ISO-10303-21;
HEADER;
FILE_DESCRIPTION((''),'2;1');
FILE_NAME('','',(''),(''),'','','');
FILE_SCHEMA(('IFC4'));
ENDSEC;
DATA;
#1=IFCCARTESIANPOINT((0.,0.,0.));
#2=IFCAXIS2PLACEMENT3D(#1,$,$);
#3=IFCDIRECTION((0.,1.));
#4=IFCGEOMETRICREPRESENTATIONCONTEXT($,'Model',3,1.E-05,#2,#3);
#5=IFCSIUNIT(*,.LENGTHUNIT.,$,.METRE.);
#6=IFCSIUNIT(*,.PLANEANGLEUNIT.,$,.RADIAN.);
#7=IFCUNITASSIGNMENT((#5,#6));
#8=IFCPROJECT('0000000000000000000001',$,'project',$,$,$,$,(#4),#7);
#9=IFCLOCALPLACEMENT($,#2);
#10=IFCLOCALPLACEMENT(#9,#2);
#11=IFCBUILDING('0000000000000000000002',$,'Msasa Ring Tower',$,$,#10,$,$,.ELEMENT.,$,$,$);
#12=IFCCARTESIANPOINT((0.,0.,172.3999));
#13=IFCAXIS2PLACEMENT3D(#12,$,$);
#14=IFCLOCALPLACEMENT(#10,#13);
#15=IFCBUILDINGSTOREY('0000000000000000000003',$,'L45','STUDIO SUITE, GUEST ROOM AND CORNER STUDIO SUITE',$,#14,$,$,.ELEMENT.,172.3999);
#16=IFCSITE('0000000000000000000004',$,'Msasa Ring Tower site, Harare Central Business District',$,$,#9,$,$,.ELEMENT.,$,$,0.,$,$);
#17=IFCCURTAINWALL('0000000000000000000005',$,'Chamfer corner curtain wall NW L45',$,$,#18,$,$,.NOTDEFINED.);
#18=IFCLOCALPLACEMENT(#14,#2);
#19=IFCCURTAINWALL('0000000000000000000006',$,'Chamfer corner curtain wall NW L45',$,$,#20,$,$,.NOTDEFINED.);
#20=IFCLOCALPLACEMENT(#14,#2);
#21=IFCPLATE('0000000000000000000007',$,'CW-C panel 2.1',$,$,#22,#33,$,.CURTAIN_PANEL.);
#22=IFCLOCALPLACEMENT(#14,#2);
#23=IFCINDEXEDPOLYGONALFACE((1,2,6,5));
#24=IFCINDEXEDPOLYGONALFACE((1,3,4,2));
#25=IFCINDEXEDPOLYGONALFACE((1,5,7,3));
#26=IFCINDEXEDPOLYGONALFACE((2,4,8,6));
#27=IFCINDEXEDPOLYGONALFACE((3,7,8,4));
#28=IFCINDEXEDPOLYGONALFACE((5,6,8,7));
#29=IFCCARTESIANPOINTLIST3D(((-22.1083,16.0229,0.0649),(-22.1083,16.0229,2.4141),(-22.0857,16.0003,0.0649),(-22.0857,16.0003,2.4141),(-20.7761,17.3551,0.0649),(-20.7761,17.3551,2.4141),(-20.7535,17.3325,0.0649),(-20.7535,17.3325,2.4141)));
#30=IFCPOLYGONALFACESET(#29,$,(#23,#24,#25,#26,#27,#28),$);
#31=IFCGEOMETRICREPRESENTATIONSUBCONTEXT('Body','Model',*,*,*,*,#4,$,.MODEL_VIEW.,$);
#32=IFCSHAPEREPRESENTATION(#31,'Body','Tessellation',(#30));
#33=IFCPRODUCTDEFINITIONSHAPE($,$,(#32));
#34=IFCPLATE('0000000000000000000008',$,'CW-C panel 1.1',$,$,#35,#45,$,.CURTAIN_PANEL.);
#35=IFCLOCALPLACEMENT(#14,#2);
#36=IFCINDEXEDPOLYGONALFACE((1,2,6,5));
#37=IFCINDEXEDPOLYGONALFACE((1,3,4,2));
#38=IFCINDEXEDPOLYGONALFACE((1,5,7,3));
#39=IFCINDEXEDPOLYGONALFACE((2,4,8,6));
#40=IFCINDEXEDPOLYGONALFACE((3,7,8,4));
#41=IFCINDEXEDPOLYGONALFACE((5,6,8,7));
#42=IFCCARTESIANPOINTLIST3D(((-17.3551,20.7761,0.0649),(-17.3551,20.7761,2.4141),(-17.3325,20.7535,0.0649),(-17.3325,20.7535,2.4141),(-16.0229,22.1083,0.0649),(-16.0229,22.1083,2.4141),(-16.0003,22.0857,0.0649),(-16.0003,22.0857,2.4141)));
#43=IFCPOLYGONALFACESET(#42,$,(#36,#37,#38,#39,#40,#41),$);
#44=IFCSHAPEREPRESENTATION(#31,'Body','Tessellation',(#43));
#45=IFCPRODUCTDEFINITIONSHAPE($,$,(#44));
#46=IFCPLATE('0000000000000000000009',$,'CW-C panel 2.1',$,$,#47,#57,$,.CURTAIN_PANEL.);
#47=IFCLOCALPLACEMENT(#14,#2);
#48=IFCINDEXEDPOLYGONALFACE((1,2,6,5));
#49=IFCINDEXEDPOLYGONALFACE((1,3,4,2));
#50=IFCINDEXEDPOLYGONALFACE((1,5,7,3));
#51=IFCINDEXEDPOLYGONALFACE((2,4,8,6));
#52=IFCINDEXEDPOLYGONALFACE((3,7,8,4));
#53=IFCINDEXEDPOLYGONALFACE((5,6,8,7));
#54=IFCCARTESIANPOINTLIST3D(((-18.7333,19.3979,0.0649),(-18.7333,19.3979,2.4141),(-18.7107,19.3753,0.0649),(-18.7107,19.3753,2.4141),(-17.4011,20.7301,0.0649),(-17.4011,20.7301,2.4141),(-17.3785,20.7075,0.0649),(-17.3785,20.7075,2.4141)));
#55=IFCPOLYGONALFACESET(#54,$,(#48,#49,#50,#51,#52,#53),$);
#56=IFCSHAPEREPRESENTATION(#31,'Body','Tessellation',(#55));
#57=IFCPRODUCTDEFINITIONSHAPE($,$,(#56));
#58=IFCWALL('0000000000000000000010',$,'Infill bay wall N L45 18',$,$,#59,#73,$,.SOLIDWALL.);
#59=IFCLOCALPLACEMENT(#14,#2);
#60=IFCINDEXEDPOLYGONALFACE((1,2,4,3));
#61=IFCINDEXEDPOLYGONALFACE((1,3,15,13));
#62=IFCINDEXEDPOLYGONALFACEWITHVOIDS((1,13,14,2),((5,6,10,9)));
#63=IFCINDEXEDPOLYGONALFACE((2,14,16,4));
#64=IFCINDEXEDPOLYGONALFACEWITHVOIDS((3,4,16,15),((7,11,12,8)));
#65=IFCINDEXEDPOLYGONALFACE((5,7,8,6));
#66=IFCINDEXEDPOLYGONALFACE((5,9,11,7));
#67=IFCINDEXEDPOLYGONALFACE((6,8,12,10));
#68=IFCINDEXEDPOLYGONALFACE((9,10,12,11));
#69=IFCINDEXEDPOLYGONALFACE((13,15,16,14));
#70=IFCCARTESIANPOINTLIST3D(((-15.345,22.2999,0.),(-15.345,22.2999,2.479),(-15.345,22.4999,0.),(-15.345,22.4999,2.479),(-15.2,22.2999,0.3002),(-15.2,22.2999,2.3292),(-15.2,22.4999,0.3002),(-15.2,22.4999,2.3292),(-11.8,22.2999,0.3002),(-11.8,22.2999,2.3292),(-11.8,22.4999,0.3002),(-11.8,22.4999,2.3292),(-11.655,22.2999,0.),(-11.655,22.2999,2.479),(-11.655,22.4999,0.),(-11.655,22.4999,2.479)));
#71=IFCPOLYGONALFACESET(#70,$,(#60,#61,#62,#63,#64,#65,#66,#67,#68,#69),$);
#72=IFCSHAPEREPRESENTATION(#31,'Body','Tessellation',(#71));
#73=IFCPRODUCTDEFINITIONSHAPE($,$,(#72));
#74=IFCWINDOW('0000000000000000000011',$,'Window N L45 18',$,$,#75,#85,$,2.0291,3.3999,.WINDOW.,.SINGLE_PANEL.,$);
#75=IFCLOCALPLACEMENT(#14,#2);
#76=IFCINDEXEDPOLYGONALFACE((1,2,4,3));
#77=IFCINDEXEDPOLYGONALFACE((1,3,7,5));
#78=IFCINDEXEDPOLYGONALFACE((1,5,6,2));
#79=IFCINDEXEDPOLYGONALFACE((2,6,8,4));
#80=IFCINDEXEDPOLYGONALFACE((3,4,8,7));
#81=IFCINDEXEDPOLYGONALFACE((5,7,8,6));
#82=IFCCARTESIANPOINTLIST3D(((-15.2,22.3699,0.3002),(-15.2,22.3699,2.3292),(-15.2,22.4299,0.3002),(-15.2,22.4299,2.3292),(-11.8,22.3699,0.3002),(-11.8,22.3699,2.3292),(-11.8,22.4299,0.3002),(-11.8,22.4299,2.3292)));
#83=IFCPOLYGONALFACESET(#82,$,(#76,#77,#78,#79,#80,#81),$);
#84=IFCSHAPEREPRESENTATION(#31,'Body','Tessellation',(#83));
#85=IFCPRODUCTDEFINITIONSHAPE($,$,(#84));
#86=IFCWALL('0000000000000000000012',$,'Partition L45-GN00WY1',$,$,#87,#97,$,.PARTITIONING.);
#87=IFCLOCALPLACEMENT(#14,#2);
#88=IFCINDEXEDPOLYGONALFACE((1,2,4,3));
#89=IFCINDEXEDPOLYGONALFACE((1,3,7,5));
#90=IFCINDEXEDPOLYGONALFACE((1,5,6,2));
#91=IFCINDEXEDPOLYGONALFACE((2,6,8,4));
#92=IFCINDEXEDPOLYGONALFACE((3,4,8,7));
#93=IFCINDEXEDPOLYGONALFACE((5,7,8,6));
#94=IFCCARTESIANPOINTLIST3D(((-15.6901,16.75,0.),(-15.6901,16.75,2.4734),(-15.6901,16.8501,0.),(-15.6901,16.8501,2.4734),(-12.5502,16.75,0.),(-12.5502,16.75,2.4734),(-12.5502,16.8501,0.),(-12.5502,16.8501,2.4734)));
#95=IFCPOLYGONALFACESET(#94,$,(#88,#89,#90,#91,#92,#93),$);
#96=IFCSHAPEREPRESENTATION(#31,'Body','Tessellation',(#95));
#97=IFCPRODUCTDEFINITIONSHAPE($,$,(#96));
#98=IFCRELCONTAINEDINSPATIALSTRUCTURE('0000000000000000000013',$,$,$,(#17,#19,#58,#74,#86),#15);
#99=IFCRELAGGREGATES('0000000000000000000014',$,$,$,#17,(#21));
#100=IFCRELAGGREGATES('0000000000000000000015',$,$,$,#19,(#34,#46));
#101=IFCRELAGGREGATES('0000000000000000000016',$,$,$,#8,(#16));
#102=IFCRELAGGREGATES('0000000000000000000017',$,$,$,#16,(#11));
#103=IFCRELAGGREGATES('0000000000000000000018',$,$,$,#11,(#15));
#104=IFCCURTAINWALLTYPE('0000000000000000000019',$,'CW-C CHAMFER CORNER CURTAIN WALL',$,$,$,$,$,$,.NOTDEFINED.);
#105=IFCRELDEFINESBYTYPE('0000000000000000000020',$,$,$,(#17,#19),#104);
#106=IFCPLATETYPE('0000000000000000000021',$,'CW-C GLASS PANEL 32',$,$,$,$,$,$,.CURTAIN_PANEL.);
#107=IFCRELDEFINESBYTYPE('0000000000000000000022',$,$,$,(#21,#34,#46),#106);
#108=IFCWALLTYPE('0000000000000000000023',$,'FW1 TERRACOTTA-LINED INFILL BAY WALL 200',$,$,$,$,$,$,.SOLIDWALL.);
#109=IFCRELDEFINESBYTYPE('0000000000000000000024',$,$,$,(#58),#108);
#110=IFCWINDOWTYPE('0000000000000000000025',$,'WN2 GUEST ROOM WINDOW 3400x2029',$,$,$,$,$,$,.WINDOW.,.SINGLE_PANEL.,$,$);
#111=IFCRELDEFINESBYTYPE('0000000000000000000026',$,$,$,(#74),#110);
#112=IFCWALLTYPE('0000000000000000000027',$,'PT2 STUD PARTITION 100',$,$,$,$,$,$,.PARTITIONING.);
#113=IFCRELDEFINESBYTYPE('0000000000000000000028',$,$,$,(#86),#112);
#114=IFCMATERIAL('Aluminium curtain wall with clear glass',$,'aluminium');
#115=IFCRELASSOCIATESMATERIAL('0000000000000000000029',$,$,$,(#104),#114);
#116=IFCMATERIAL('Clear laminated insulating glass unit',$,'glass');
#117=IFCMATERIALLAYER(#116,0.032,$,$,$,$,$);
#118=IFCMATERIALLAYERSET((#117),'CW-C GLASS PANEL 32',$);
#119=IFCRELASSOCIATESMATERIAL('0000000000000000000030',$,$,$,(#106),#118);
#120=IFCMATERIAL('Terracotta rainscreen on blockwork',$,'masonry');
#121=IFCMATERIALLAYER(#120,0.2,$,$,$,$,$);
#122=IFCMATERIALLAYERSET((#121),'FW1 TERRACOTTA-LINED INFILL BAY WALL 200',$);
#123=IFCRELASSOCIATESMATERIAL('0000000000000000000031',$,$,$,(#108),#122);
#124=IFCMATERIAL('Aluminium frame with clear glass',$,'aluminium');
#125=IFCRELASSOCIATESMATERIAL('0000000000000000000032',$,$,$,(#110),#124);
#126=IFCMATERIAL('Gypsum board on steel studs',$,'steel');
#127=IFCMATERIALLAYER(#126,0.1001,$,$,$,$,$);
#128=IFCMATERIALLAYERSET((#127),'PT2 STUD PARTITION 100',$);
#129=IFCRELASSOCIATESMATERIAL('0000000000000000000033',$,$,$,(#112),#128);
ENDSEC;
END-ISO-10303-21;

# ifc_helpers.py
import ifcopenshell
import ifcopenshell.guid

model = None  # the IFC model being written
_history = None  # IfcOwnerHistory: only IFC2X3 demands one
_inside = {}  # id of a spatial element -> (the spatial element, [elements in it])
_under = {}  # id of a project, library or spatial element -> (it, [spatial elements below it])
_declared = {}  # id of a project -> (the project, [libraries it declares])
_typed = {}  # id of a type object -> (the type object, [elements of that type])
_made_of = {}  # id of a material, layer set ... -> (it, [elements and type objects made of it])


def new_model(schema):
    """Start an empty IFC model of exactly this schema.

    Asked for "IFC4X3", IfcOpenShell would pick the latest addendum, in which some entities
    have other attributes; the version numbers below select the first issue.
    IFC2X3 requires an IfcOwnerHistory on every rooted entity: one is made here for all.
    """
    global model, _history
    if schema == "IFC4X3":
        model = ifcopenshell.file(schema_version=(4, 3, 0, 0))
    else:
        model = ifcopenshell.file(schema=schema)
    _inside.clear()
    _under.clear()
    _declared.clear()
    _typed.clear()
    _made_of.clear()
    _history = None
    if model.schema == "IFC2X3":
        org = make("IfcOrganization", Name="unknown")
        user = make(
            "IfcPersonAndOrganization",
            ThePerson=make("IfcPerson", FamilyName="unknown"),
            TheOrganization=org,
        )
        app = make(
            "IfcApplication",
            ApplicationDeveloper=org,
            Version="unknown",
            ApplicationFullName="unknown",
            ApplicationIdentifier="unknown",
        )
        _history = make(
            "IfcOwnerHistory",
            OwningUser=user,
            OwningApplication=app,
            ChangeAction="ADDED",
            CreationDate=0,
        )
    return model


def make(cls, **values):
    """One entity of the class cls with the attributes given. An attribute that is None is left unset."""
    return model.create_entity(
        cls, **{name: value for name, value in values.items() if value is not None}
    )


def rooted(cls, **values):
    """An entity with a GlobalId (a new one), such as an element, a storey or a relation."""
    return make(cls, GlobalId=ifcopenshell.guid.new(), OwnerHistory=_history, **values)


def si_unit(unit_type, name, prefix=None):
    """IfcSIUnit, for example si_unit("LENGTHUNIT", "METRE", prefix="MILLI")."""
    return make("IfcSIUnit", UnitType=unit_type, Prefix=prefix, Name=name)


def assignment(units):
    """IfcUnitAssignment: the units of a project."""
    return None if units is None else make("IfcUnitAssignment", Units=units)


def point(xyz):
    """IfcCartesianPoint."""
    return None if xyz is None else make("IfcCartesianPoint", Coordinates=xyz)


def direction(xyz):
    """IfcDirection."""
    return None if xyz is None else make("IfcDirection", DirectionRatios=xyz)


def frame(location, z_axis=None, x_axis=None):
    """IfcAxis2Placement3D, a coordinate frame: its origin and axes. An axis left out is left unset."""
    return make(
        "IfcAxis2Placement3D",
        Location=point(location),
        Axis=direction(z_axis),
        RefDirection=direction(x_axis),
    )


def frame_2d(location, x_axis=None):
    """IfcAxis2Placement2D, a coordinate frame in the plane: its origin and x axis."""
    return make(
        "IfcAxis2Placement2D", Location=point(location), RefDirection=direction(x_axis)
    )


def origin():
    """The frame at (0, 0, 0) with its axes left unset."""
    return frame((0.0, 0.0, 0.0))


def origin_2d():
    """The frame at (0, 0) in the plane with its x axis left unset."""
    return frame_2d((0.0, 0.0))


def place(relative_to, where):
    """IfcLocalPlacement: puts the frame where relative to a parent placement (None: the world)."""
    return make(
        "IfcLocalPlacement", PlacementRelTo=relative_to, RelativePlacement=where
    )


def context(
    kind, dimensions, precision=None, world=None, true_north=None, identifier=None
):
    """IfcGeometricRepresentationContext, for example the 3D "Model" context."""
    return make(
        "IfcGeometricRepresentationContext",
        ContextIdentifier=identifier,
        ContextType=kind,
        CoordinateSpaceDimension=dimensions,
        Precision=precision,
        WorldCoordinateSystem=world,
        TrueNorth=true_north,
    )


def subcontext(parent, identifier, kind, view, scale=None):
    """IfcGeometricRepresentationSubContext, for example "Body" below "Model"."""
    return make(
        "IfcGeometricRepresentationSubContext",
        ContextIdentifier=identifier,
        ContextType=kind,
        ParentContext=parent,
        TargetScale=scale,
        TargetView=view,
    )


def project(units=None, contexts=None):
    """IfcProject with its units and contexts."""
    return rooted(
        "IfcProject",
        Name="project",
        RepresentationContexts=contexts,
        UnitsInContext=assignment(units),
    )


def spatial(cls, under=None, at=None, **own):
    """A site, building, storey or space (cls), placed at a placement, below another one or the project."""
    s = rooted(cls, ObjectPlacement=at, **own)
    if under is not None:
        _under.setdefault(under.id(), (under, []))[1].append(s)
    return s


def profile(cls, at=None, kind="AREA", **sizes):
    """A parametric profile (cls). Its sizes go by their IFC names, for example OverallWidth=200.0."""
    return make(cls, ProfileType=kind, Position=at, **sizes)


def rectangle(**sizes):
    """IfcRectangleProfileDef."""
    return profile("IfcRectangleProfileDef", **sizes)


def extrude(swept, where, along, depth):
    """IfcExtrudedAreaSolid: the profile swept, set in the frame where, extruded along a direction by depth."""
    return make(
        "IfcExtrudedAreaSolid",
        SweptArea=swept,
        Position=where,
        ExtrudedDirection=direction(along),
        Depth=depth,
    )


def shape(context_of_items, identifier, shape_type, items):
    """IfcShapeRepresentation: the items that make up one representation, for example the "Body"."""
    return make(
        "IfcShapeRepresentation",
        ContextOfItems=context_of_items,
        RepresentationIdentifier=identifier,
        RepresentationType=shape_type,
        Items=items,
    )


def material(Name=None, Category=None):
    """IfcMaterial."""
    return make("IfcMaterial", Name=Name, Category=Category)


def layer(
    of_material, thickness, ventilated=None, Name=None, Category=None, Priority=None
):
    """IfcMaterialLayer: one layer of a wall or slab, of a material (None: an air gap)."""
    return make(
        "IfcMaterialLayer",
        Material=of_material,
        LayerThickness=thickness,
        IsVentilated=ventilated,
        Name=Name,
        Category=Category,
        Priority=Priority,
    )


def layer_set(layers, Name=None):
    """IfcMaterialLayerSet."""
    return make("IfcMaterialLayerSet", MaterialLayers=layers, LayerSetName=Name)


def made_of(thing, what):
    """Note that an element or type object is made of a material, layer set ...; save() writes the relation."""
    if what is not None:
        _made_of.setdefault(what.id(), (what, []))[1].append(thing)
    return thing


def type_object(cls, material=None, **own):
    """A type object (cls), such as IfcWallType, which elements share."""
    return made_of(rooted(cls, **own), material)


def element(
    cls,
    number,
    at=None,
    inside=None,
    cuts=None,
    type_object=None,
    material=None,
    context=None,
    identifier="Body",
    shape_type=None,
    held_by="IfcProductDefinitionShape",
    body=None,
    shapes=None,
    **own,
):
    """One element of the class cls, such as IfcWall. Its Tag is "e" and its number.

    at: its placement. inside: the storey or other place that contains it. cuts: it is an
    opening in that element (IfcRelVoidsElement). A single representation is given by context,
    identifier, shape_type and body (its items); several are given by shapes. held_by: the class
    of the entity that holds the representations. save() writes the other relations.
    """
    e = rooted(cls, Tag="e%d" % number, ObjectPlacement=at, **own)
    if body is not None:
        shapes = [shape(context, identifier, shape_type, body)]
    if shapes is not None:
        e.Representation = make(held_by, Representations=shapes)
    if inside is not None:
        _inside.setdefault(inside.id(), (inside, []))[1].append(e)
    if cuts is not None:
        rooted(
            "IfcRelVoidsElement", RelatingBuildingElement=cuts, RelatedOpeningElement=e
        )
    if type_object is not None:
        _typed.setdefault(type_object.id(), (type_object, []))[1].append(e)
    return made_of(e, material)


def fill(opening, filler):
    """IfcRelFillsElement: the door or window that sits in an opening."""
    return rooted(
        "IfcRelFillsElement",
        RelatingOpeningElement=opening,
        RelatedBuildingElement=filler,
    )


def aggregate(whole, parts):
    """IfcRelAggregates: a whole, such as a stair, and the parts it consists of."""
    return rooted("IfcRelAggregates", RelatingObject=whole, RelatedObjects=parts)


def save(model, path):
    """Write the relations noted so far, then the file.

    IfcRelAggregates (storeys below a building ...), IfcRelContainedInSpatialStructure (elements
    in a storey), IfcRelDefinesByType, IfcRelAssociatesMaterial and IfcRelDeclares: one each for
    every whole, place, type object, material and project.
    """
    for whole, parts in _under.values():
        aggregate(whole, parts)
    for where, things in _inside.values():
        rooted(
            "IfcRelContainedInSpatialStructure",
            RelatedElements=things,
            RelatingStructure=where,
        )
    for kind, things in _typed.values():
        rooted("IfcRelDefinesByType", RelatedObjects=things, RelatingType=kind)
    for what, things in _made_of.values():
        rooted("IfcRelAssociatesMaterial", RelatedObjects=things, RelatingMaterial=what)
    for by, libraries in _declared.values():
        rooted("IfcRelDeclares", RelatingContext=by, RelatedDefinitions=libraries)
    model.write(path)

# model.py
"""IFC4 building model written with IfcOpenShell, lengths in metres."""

from ifc_helpers import new_model, si_unit, direction, frame, frame_2d, origin, origin_2d, place, context, subcontext, project, spatial, rectangle, extrude, material, layer, layer_set, type_object, element, fill, aggregate, save


model = new_model("IFC4")

# Units and contexts
model_context = context("Model", 3, precision=1e-05, world=origin(), true_north=direction((0.0, 1.0)))
body_context = subcontext(model_context, "Body", "Model", "MODEL_VIEW")
ifc_project = project(units=[si_unit("LENGTHUNIT", "METRE"), si_unit("PLANEANGLEUNIT", "RADIAN")], contexts=[model_context])

# Site, building, storey
site_placement = place(None, origin())
site = spatial("IfcSite", under=ifc_project, at=site_placement, Name="Msasa Ring Tower site, Harare Central Business District", CompositionType="ELEMENT", RefElevation=0.0)
building_placement = place(site_placement, origin())
building = spatial("IfcBuilding", under=site, at=building_placement, Name="Msasa Ring Tower", CompositionType="ELEMENT")
storey_placement = place(building_placement, frame((0.0, 0.0, 172.3999)))
storey = spatial("IfcBuildingStorey", under=building, at=storey_placement, Name="L45", Description="STUDIO SUITE, GUEST ROOM AND CORNER STUDIO SUITE", CompositionType="ELEMENT", Elevation=172.3999)

# Curtain walls
ifc_material_1 = material(Name="Aluminium curtain wall with clear glass", Category="aluminium")
curtain_wall_type = type_object("IfcCurtainWallType", Name="CW-C CHAMFER CORNER CURTAIN WALL", PredefinedType="NOTDEFINED", material=ifc_material_1)
curtain_wall_1_placement = place(storey_placement, origin())
curtain_wall_1 = element("IfcCurtainWall", 1, at=curtain_wall_1_placement, inside=storey, type_object=curtain_wall_type, Name="Chamfer corner curtain wall NW L45", PredefinedType="NOTDEFINED")
curtain_wall_2_placement = place(storey_placement, origin())
curtain_wall_2 = element("IfcCurtainWall", 2, at=curtain_wall_2_placement, inside=storey, type_object=curtain_wall_type, Name="Chamfer corner curtain wall NW L45", PredefinedType="NOTDEFINED")

# Plates
ifc_material_2 = material(Name="Clear laminated insulating glass unit", Category="glass")
ifc_layer_1 = layer(ifc_material_2, 0.032)
ifc_layer_set_1 = layer_set([ifc_layer_1], Name="CW-C GLASS PANEL 32")
plate_type = type_object("IfcPlateType", Name="CW-C GLASS PANEL 32", PredefinedType="CURTAIN_PANEL", material=ifc_layer_set_1)
plate_1_placement = place(storey_placement, frame((-21.4309, 16.6777, 0.0649), z_axis=(0.0, 0.0, 1.0), x_axis=(-0.707107, -0.707107, 0.0)))
plate_1 = element("IfcPlate", 3, at=plate_1_placement, type_object=plate_type, Name="CW-C panel 2.1", PredefinedType="CURTAIN_PANEL", context=body_context, shape_type="SweptSolid", body=[
    extrude(rectangle(XDim=1.884, YDim=0.032, at=origin_2d()), origin(), (0.0, 0.0, 1.0), 2.3491),
])
aggregate(curtain_wall_1, [plate_1])
plate_2_placement = place(storey_placement, frame((-16.6777, 21.4309, 0.0649), z_axis=(0.0, 0.0, 1.0), x_axis=(-0.707107, -0.707107, 0.0)))
plate_2 = element("IfcPlate", 4, at=plate_2_placement, type_object=plate_type, Name="CW-C panel 1.1", PredefinedType="CURTAIN_PANEL", context=body_context, shape_type="SweptSolid", body=[
    extrude(rectangle(XDim=1.884, YDim=0.032, at=origin_2d()), origin(), (0.0, 0.0, 1.0), 2.3491),
])
plate_3_placement = place(storey_placement, frame((-18.0559, 20.0527, 0.0649), z_axis=(0.0, 0.0, 1.0), x_axis=(-0.707107, -0.707107, 0.0)))
plate_3 = element("IfcPlate", 5, at=plate_3_placement, type_object=plate_type, Name="CW-C panel 2.1", PredefinedType="CURTAIN_PANEL", context=body_context, shape_type="SweptSolid", body=[
    extrude(rectangle(XDim=1.884, YDim=0.032, at=origin_2d()), origin(), (0.0, 0.0, 1.0), 2.3491),
])
aggregate(curtain_wall_2, [plate_2, plate_3])

# Wall, opening, window
ifc_material_3 = material(Name="Terracotta rainscreen on blockwork", Category="masonry")
ifc_layer_2 = layer(ifc_material_3, 0.2)
ifc_layer_set_2 = layer_set([ifc_layer_2], Name="FW1 TERRACOTTA-LINED INFILL BAY WALL 200")
wall_type_1 = type_object("IfcWallType", Name="FW1 TERRACOTTA-LINED INFILL BAY WALL 200", PredefinedType="SOLIDWALL", material=ifc_layer_set_2)
wall_1_placement = place(storey_placement, frame((-15.345, 22.3999, 0.0), z_axis=(0.0, 0.0, 1.0), x_axis=(1.0, 0.0, 0.0)))
wall_1 = element("IfcWall", 6, at=wall_1_placement, inside=storey, type_object=wall_type_1, Name="Infill bay wall N L45 18", PredefinedType="SOLIDWALL", context=body_context, shape_type="SweptSolid", body=[
    extrude(rectangle(XDim=3.6899, YDim=0.2, at=frame_2d((1.845, 0.0))), origin(), (0.0, 0.0, 1.0), 2.479),
])
opening_placement = place(wall_1_placement, frame((0.145, 0.0, 0.3)))
opening = element("IfcOpeningElement", 7, at=opening_placement, cuts=wall_1, PredefinedType="OPENING", context=body_context, shape_type="SweptSolid", body=[
    extrude(rectangle(XDim=3.3999, YDim=2.0291, at=frame_2d((1.7, 1.0146))), frame((0.0, 0.1099, 0.0), z_axis=(0.0, -1.0, 0.0), x_axis=(1.0, 0.0, 0.0)), (0.0, 0.0, 1.0), 0.22),
])
ifc_material_4 = material(Name="Aluminium frame with clear glass", Category="aluminium")
window_type = type_object("IfcWindowType", Name="WN2 GUEST ROOM WINDOW 3400x2029", PartitioningType="SINGLE_PANEL", PredefinedType="WINDOW", material=ifc_material_4)
window_placement = place(opening_placement, origin())
window = element("IfcWindow", 8, at=window_placement, inside=storey, type_object=window_type, Name="Window N L45 18", OverallHeight=2.0291, OverallWidth=3.3999, PartitioningType="SINGLE_PANEL", PredefinedType="WINDOW", context=body_context, shape_type="SweptSolid", body=[
    extrude(rectangle(XDim=3.3999, YDim=2.0291, at=frame_2d((1.7, 1.0146))), frame((0.0, 0.03, 0.0), z_axis=(0.0, -1.0, 0.0), x_axis=(1.0, 0.0, 0.0)), (0.0, 0.0, 1.0), 0.0601),
])
fill(opening, window)

# Wall
ifc_material_5 = material(Name="Gypsum board on steel studs", Category="steel")
ifc_layer_3 = layer(ifc_material_5, 0.1001)
ifc_layer_set_3 = layer_set([ifc_layer_3], Name="PT2 STUD PARTITION 100")
wall_type_2 = type_object("IfcWallType", Name="PT2 STUD PARTITION 100", PredefinedType="PARTITIONING", material=ifc_layer_set_3)
wall_2_placement = place(storey_placement, frame((-15.6899, 16.8, 0.0), z_axis=(0.0, 0.0, 1.0), x_axis=(1.0, 0.0, 0.0)))
element("IfcWall", 9, at=wall_2_placement, inside=storey, type_object=wall_type_2, Name="Partition L45-GN00WY1", PredefinedType="PARTITIONING", context=body_context, shape_type="SweptSolid", body=[
    extrude(rectangle(XDim=3.1399, YDim=0.1001, at=frame_2d((1.5698, 0.0))), origin(), (0.0, 0.0, 1.0), 2.4734),
])

save(model, "model.ifc")
